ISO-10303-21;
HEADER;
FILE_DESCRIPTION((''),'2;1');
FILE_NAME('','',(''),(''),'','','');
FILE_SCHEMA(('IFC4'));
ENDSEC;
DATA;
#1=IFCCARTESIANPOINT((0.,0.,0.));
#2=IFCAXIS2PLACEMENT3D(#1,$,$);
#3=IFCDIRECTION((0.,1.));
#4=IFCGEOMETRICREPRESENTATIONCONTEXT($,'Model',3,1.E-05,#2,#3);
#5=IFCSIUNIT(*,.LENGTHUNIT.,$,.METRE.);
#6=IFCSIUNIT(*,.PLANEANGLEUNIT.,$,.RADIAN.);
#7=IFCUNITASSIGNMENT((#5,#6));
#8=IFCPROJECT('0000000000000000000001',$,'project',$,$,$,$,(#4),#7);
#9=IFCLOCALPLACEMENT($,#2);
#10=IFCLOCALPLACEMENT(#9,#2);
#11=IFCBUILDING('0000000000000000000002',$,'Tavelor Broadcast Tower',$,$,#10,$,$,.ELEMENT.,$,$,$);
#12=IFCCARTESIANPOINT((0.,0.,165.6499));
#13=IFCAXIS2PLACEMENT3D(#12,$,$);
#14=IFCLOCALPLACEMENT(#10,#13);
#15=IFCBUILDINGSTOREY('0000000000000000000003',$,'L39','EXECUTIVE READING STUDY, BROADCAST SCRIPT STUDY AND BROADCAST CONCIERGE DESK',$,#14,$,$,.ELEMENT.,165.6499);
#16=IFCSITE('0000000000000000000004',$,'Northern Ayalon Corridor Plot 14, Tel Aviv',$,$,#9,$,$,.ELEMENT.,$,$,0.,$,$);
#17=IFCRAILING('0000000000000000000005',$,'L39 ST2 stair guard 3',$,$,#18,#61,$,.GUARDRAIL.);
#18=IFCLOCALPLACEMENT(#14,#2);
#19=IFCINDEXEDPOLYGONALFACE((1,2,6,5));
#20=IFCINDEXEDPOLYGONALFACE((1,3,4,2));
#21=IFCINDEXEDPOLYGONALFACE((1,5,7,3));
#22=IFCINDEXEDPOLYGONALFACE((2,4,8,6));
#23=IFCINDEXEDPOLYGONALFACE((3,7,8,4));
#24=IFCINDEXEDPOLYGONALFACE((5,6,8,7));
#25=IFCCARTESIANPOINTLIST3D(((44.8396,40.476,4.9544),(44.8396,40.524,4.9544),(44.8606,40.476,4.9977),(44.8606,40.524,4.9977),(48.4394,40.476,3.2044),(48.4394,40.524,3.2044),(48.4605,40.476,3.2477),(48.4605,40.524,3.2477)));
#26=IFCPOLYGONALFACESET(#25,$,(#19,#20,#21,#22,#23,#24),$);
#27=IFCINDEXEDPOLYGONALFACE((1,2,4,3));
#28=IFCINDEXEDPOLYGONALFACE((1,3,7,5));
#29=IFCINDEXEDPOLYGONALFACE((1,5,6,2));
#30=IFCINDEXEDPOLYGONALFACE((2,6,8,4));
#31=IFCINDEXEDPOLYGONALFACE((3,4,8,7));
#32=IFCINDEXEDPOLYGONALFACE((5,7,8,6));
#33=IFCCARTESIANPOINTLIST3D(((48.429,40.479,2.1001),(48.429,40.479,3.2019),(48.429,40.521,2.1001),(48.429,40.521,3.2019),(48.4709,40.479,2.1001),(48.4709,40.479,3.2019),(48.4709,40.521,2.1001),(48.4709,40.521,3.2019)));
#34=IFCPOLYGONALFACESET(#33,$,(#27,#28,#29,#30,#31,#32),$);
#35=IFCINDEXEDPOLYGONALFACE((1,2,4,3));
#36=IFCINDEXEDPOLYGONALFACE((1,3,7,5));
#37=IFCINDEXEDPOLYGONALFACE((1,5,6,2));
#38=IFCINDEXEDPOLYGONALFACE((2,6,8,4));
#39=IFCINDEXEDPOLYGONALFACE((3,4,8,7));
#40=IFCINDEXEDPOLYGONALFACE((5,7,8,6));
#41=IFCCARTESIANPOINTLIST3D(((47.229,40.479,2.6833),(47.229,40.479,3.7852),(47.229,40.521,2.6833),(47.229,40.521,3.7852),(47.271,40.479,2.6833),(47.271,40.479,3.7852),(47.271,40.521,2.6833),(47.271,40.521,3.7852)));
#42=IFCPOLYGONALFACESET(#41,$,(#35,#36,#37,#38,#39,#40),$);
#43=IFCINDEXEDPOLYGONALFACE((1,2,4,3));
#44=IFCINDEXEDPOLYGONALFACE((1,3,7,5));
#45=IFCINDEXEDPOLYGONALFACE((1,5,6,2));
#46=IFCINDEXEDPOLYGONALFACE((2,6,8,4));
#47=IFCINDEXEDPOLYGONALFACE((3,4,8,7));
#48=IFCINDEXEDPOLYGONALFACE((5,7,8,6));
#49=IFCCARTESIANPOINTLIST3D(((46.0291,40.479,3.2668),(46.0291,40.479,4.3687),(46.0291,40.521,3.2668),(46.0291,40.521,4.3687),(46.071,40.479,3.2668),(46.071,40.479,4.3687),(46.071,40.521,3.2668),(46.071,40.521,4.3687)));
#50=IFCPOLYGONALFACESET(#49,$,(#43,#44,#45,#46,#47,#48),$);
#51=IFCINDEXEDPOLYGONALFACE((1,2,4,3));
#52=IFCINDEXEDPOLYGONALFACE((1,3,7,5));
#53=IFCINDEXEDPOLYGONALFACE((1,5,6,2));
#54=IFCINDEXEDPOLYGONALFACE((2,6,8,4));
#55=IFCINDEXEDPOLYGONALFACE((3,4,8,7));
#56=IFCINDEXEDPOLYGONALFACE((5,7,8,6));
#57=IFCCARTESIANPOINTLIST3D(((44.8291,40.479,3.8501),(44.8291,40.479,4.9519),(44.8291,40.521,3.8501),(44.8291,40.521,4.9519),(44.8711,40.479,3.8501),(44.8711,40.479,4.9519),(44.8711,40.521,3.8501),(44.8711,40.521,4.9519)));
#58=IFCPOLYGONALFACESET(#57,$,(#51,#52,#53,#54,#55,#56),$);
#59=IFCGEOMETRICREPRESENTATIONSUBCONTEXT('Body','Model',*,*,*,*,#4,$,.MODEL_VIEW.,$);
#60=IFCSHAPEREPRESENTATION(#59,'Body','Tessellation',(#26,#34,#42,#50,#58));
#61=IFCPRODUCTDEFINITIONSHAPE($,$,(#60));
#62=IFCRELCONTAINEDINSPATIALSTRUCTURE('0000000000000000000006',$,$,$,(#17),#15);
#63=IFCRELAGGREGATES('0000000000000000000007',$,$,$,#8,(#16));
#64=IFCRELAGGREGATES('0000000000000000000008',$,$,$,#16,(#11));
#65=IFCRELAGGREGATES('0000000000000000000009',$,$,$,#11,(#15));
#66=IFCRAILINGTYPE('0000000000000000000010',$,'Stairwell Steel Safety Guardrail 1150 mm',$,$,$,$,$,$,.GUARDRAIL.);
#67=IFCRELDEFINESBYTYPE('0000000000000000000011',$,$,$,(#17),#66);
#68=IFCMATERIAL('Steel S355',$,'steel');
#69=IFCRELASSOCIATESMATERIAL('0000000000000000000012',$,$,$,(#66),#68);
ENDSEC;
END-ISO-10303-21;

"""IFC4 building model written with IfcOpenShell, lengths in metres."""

from ifc_helpers import new_model, si_unit, direction, frame, origin, origin_2d, place, context, subcontext, project, spatial, rectangle, extrude, material, type_object, element, save


model = new_model("IFC4")

# Units and contexts
model_context = context("Model", 3, precision=1e-05, world=origin(), true_north=direction((0.0, 1.0)))
body_context = subcontext(model_context, "Body", "Model", "MODEL_VIEW")
ifc_project = project(units=[si_unit("LENGTHUNIT", "METRE"), si_unit("PLANEANGLEUNIT", "RADIAN")], contexts=[model_context])

# Site, building, storey
site_placement = place(None, origin())
site = spatial("IfcSite", under=ifc_project, at=site_placement, Name="Northern Ayalon Corridor Plot 14, Tel Aviv", CompositionType="ELEMENT", RefElevation=0.0)
building_placement = place(site_placement, origin())
building = spatial("IfcBuilding", under=site, at=building_placement, Name="Tavelor Broadcast Tower", CompositionType="ELEMENT")
storey_placement = place(building_placement, frame((0.0, 0.0, 165.6499)))
storey = spatial("IfcBuildingStorey", under=building, at=storey_placement, Name="L39", Description="EXECUTIVE READING STUDY, BROADCAST SCRIPT STUDY AND BROADCAST CONCIERGE DESK", CompositionType="ELEMENT", Elevation=165.6499)

# Shared definitions
ifc_material_1 = material(Name="Steel S355", Category="steel")

# Railing
railing_type_1 = type_object("IfcRailingType", Name="Stairwell Steel Safety Guardrail 1150 mm", PredefinedType="GUARDRAIL", material=ifc_material_1)
railing_1_placement = place(storey_placement, frame((48.45, 40.5, 2.1001)))
element("IfcRailing", 1, at=railing_1_placement, inside=storey, type_object=railing_type_1, Name="L39 ST2 stair guard 3", PredefinedType="GUARDRAIL", context=body_context, shape_type="SweptSolid", body=[
    extrude(rectangle(XDim=0.0481, YDim=0.0481, at=origin_2d()), frame((0.0, 0.0, 1.126), z_axis=(-0.899361, 0.0, 0.437207), x_axis=(0.0, -1.0, 0.0)), (0.0, 0.0, 1.0), 4.0027),
    extrude(rectangle(XDim=0.042, YDim=0.042, at=origin_2d()), origin(), (0.0, 0.0, 1.0), 1.1018),
    extrude(rectangle(XDim=0.042, YDim=0.042, at=origin_2d()), frame((-1.2, 0.0, 0.5833)), (0.0, 0.0, 1.0), 1.1018),
    extrude(rectangle(XDim=0.042, YDim=0.042, at=origin_2d()), frame((-2.3999, 0.0, 1.1667)), (0.0, 0.0, 1.0), 1.1018),
    extrude(rectangle(XDim=0.042, YDim=0.042, at=origin_2d()), frame((-3.5999, 0.0, 1.75)), (0.0, 0.0, 1.0), 1.1018),
])

save(model, "model.ifc")
